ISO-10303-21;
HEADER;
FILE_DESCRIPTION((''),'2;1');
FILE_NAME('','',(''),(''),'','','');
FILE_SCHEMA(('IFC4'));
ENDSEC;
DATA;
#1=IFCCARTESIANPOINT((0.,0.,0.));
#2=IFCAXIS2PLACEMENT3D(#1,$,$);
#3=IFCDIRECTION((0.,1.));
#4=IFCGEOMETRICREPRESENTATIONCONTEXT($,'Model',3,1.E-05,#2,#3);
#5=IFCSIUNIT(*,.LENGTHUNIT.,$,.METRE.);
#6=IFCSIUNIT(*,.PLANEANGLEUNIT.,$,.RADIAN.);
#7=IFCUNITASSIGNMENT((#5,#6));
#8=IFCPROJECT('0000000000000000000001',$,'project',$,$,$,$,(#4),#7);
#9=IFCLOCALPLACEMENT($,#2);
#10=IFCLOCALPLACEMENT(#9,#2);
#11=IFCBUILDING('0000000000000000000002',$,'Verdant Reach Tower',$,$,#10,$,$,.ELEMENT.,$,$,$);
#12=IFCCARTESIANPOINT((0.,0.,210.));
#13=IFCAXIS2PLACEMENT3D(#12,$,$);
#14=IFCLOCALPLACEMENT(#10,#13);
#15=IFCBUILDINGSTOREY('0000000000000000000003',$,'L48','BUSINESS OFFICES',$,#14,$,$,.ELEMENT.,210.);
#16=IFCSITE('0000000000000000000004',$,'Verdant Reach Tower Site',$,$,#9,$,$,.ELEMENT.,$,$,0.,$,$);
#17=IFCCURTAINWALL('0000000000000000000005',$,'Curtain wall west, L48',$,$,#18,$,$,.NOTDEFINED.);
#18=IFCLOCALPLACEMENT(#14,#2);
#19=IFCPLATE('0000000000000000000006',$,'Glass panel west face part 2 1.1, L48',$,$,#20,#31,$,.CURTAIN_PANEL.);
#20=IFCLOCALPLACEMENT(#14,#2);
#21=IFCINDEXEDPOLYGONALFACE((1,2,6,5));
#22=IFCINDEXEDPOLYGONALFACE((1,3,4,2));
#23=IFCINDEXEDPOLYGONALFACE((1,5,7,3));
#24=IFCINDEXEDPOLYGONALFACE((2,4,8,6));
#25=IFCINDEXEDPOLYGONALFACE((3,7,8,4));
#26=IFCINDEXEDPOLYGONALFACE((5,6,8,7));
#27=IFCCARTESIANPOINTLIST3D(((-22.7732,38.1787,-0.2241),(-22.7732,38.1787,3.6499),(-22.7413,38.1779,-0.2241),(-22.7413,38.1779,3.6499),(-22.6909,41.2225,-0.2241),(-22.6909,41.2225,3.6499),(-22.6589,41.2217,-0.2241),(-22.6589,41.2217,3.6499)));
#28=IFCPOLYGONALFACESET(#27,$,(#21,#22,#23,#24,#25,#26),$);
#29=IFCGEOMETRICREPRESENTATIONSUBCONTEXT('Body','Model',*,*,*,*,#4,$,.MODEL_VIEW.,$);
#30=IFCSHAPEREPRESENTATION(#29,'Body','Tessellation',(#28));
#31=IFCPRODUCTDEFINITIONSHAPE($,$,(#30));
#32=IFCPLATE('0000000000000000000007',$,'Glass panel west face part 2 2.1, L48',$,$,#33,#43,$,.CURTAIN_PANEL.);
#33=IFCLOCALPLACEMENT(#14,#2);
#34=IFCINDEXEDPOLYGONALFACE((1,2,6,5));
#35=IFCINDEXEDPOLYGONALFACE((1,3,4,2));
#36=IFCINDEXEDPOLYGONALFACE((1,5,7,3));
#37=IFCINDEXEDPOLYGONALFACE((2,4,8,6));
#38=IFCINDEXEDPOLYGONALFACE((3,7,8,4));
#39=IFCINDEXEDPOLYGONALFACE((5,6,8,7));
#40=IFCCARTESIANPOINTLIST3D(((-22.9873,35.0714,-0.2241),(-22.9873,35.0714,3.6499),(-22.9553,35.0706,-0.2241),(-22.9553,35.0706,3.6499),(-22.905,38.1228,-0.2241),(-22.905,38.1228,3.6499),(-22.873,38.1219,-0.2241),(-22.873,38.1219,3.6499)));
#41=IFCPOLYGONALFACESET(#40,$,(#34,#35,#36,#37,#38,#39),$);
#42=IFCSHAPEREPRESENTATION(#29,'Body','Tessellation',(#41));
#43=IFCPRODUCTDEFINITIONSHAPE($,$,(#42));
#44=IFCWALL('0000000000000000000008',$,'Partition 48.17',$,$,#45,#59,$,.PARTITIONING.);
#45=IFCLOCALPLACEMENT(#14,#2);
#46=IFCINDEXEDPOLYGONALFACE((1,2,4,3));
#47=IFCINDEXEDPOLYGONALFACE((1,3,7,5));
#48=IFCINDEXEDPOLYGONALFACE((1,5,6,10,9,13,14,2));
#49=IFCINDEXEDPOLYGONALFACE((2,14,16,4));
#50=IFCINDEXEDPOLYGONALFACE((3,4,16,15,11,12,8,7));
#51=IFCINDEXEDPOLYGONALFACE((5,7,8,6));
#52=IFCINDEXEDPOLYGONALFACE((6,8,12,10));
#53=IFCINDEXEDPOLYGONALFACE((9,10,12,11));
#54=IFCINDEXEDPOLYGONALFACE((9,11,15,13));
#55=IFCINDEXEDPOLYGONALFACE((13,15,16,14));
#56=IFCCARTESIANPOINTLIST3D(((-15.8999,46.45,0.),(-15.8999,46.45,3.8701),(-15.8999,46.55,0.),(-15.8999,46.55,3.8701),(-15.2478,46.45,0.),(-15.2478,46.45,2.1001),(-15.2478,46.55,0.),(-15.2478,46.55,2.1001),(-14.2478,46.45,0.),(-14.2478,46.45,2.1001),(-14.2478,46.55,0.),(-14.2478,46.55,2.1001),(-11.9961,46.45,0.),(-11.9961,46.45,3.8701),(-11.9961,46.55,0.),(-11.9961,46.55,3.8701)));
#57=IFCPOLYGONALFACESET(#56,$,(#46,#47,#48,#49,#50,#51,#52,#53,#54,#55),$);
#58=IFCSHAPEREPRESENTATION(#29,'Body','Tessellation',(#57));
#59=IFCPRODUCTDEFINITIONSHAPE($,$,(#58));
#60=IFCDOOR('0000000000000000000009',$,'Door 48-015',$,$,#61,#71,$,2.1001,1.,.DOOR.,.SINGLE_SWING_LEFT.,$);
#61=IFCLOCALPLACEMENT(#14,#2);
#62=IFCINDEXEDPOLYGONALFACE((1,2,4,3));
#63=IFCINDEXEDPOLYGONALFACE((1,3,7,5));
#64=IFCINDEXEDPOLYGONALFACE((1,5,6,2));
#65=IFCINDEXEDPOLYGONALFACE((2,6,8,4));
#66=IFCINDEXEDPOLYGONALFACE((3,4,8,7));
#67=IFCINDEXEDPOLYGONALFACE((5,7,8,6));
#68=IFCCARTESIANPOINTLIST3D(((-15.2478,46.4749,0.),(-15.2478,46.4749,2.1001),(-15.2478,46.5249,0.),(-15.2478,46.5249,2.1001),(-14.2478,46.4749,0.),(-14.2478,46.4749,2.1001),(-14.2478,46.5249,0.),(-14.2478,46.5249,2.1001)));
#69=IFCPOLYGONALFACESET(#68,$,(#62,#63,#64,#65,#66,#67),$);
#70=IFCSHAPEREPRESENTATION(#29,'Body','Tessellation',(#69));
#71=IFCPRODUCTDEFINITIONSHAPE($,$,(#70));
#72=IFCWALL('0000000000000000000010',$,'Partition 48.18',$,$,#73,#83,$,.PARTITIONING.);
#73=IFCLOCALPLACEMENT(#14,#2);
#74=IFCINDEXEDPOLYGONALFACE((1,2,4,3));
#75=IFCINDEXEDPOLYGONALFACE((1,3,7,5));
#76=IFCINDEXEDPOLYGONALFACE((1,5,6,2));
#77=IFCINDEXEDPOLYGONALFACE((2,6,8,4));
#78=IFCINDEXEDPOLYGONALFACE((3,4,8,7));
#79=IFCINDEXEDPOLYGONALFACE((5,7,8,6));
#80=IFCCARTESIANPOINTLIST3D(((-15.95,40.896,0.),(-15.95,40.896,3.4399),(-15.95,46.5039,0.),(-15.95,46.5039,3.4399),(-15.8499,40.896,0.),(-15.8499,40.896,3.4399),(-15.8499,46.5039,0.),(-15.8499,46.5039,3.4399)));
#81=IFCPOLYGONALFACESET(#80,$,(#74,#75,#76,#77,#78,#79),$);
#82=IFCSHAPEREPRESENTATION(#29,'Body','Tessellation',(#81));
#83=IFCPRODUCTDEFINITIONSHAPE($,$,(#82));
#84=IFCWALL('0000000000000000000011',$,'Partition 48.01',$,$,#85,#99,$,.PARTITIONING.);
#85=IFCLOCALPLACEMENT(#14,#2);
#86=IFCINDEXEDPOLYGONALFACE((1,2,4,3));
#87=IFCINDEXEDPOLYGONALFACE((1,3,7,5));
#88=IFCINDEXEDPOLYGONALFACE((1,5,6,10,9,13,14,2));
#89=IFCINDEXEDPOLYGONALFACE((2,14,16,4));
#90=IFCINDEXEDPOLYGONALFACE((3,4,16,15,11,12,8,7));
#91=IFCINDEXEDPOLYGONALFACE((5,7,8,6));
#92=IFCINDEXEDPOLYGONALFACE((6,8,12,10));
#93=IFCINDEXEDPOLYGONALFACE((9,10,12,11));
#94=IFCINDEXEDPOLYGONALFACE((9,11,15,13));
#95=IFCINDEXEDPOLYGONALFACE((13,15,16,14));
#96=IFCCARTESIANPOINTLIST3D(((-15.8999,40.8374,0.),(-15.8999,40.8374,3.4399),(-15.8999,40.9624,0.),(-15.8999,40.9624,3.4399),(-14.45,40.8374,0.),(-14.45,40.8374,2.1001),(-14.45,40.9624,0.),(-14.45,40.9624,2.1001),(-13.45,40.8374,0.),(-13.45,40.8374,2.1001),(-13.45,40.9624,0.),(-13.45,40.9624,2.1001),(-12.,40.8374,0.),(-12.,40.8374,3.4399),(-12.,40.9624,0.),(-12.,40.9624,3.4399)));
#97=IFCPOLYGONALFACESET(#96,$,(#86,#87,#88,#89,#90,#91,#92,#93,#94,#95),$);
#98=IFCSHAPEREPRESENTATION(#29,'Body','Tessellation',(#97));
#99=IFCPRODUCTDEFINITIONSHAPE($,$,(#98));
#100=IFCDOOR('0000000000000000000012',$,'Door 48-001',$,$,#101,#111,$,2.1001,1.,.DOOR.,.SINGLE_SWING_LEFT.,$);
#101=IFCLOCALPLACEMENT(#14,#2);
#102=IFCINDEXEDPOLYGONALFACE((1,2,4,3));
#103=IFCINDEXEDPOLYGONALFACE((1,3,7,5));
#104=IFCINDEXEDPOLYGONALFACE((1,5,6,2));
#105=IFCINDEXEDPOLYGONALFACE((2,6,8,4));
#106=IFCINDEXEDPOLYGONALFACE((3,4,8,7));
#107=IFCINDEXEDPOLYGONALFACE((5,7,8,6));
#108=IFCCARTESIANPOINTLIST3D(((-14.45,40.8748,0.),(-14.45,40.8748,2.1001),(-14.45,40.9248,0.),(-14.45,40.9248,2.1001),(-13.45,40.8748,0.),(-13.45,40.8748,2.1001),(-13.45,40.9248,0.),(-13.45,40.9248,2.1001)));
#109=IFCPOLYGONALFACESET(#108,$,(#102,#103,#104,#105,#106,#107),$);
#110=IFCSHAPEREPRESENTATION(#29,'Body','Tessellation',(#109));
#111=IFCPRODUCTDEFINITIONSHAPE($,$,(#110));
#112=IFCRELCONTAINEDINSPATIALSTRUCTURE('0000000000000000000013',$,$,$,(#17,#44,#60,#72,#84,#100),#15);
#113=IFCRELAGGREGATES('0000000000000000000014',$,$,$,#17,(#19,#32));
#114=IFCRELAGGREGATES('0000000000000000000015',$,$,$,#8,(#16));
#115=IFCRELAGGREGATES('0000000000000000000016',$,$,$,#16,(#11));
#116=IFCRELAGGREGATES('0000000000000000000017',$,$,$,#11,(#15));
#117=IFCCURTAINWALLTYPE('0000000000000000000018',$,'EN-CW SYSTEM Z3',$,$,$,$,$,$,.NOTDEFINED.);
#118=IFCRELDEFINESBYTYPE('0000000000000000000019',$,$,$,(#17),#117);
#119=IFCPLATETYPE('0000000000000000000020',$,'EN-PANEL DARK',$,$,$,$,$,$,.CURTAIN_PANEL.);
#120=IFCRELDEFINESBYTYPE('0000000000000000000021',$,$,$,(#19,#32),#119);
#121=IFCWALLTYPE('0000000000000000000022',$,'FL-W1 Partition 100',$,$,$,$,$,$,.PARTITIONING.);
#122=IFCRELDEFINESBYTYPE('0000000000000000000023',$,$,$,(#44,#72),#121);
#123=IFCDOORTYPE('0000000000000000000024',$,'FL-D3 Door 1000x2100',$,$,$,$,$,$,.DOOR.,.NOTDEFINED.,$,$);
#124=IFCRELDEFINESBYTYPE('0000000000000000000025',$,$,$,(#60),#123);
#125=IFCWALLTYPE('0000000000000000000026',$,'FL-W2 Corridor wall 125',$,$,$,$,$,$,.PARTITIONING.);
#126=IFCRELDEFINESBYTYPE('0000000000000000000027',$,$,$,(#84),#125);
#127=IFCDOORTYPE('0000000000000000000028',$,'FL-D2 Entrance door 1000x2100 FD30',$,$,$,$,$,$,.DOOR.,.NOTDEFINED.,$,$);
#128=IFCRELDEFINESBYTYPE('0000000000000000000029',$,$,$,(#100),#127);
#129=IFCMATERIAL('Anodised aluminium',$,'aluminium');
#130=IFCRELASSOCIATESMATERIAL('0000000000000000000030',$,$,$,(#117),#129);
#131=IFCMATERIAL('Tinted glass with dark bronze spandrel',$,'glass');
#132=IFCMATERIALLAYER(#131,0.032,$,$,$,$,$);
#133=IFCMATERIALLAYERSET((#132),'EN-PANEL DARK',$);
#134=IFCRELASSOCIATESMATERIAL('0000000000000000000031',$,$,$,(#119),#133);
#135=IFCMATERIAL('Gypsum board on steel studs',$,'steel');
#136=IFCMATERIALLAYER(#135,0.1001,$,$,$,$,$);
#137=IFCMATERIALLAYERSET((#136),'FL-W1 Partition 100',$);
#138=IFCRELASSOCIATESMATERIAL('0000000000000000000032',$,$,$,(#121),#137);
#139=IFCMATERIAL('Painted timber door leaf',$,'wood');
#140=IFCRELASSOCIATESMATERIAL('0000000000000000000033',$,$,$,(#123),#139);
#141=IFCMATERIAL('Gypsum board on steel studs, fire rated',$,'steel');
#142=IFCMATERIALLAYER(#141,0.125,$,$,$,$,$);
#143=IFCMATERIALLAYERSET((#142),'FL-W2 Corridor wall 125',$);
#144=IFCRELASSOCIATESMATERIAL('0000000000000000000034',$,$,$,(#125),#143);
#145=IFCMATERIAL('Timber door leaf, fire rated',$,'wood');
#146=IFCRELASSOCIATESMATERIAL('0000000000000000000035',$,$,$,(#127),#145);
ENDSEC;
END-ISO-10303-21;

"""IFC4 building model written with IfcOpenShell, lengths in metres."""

from ifc_helpers import new_model, si_unit, direction, frame, frame_2d, origin, origin_2d, place, context, subcontext, project, spatial, rectangle, extrude, material, layer, layer_set, type_object, element, fill, aggregate, save


model = new_model("IFC4")

# Units and contexts
model_context = context("Model", 3, precision=1e-05, world=origin(), true_north=direction((0.0, 1.0)))
body_context = subcontext(model_context, "Body", "Model", "MODEL_VIEW")
ifc_project = project(units=[si_unit("LENGTHUNIT", "METRE"), si_unit("PLANEANGLEUNIT", "RADIAN")], contexts=[model_context])

# Site, building, storey
site_placement = place(None, origin())
site = spatial("IfcSite", under=ifc_project, at=site_placement, Name="Verdant Reach Tower Site", CompositionType="ELEMENT", RefElevation=0.0)
building_placement = place(site_placement, origin())
building = spatial("IfcBuilding", under=site, at=building_placement, Name="Verdant Reach Tower", CompositionType="ELEMENT")
storey_placement = place(building_placement, frame((0.0, 0.0, 210.0)))
storey = spatial("IfcBuildingStorey", under=building, at=storey_placement, Name="L48", Description="BUSINESS OFFICES", CompositionType="ELEMENT", Elevation=210.0)

# Curtain wall
ifc_material_1 = material(Name="Anodised aluminium", Category="aluminium")
curtain_wall_type = type_object("IfcCurtainWallType", Name="EN-CW SYSTEM Z3", PredefinedType="NOTDEFINED", material=ifc_material_1)
curtain_wall_placement = place(storey_placement, origin())
curtain_wall = element("IfcCurtainWall", 1, at=curtain_wall_placement, inside=storey, type_object=curtain_wall_type, Name="Curtain wall west, L48", PredefinedType="NOTDEFINED")

# Plates
ifc_material_2 = material(Name="Tinted glass with dark bronze spandrel", Category="glass")
ifc_layer_1 = layer(ifc_material_2, 0.032)
ifc_layer_set_1 = layer_set([ifc_layer_1], Name="EN-PANEL DARK")
plate_type_1 = type_object("IfcPlateType", Name="EN-PANEL DARK", PredefinedType="CURTAIN_PANEL", material=ifc_layer_set_1)
plate_1_placement = place(storey_placement, frame((-22.7161, 39.7002, -0.2241), z_axis=(0.0, 0.0, 1.0), x_axis=(-0.027048, -0.999634, 0.0)))
plate_1 = element("IfcPlate", 2, at=plate_1_placement, type_object=plate_type_1, Name="Glass panel west face part 2 1.1, L48", PredefinedType="CURTAIN_PANEL", context=body_context, shape_type="SweptSolid", body=[
    extrude(rectangle(XDim=3.0449, YDim=0.032, at=origin_2d()), origin(), (0.0, 0.0, 1.0), 3.874),
])
plate_2_placement = place(storey_placement, frame((-22.9302, 36.5967, -0.2241), z_axis=(0.0, 0.0, 1.0), x_axis=(-0.026965, -0.999636, 0.0)))
plate_2 = element("IfcPlate", 3, at=plate_2_placement, type_object=plate_type_1, Name="Glass panel west face part 2 2.1, L48", PredefinedType="CURTAIN_PANEL", context=body_context, shape_type="SweptSolid", body=[
    extrude(rectangle(XDim=3.0525, YDim=0.032, at=origin_2d()), origin(), (0.0, 0.0, 1.0), 3.874),
])
aggregate(curtain_wall, [plate_1, plate_2])

# Wall, opening, door
ifc_material_3 = material(Name="Gypsum board on steel studs", Category="steel")
ifc_layer_2 = layer(ifc_material_3, 0.1001)
ifc_layer_set_2 = layer_set([ifc_layer_2], Name="FL-W1 Partition 100")
wall_type_1 = type_object("IfcWallType", Name="FL-W1 Partition 100", PredefinedType="PARTITIONING", material=ifc_layer_set_2)
wall_1_placement = place(storey_placement, frame((-15.8999, 46.5, 0.0), z_axis=(0.0, 0.0, 1.0), x_axis=(1.0, 0.0, 0.0)))
wall_1 = element("IfcWall", 4, at=wall_1_placement, inside=storey, type_object=wall_type_1, Name="Partition 48.17", PredefinedType="PARTITIONING", context=body_context, shape_type="SweptSolid", body=[
    extrude(rectangle(XDim=3.9038, YDim=0.1001, at=frame_2d((1.9519, 0.0))), origin(), (0.0, 0.0, 1.0), 3.8701),
])
opening_1_placement = place(wall_1_placement, frame((0.6521, 0.0, 0.0)))
opening_1 = element("IfcOpeningElement", 5, at=opening_1_placement, cuts=wall_1, PredefinedType="OPENING", context=body_context, shape_type="SweptSolid", body=[
    extrude(rectangle(XDim=1.0, YDim=2.1001, at=frame_2d((0.5, 1.05))), frame((0.0, 0.0601, 0.0), z_axis=(0.0, -1.0, 0.0), x_axis=(1.0, 0.0, 0.0)), (0.0, 0.0, 1.0), 0.1201),
])
ifc_material_4 = material(Name="Painted timber door leaf", Category="wood")
door_type_1 = type_object("IfcDoorType", Name="FL-D3 Door 1000x2100", OperationType="NOTDEFINED", PredefinedType="DOOR", material=ifc_material_4)
door_1_placement = place(opening_1_placement, origin())
door_1 = element("IfcDoor", 6, at=door_1_placement, inside=storey, type_object=door_type_1, Name="Door 48-015", OperationType="SINGLE_SWING_LEFT", OverallHeight=2.1001, OverallWidth=1.0, PredefinedType="DOOR", context=body_context, shape_type="SweptSolid", body=[
    extrude(rectangle(XDim=1.0, YDim=2.1001, at=frame_2d((0.5, 1.05))), frame((0.0, 0.0249, 0.0), z_axis=(0.0, -1.0, 0.0), x_axis=(1.0, 0.0, 0.0)), (0.0, 0.0, 1.0), 0.05),
])
fill(opening_1, door_1)

# Wall
wall_2_placement = place(storey_placement, frame((-15.8999, 46.5039, 0.0), z_axis=(0.0, 0.0, 1.0), x_axis=(0.0, -1.0, 0.0)))
element("IfcWall", 7, at=wall_2_placement, inside=storey, type_object=wall_type_1, Name="Partition 48.18", PredefinedType="PARTITIONING", context=body_context, shape_type="SweptSolid", body=[
    extrude(rectangle(XDim=5.6079, YDim=0.1001, at=frame_2d((2.804, 0.0))), origin(), (0.0, 0.0, 1.0), 3.4399),
])

# Wall, opening, door
ifc_material_5 = material(Name="Gypsum board on steel studs, fire rated", Category="steel")
ifc_layer_3 = layer(ifc_material_5, 0.125)
ifc_layer_set_3 = layer_set([ifc_layer_3], Name="FL-W2 Corridor wall 125")
wall_type_2 = type_object("IfcWallType", Name="FL-W2 Corridor wall 125", PredefinedType="PARTITIONING", material=ifc_layer_set_3)
wall_3_placement = place(storey_placement, frame((-15.8999, 40.8999, 0.0), z_axis=(0.0, 0.0, 1.0), x_axis=(1.0, 0.0, 0.0)))
wall_3 = element("IfcWall", 8, at=wall_3_placement, inside=storey, type_object=wall_type_2, Name="Partition 48.01", PredefinedType="PARTITIONING", context=body_context, shape_type="SweptSolid", body=[
    extrude(rectangle(XDim=3.8999, YDim=0.125, at=frame_2d((1.95, 0.0))), origin(), (0.0, 0.0, 1.0), 3.4399),
])
opening_2_placement = place(wall_3_placement, frame((1.45, 0.0, 0.0)))
opening_2 = element("IfcOpeningElement", 9, at=opening_2_placement, cuts=wall_3, PredefinedType="OPENING", context=body_context, shape_type="SweptSolid", body=[
    extrude(rectangle(XDim=1.0, YDim=2.1001, at=frame_2d((0.5, 1.05))), frame((0.0, 0.0725, 0.0), z_axis=(0.0, -1.0, 0.0), x_axis=(1.0, 0.0, 0.0)), (0.0, 0.0, 1.0), 0.145),
])
ifc_material_6 = material(Name="Timber door leaf, fire rated", Category="wood")
door_type_2 = type_object("IfcDoorType", Name="FL-D2 Entrance door 1000x2100 FD30", OperationType="NOTDEFINED", PredefinedType="DOOR", material=ifc_material_6)
door_2_placement = place(opening_2_placement, origin())
door_2 = element("IfcDoor", 10, at=door_2_placement, inside=storey, type_object=door_type_2, Name="Door 48-001", OperationType="SINGLE_SWING_LEFT", OverallHeight=2.1001, OverallWidth=1.0, PredefinedType="DOOR", context=body_context, shape_type="SweptSolid", body=[
    extrude(rectangle(XDim=1.0, YDim=2.1001, at=frame_2d((0.5, 1.05))), frame((0.0, 0.0249, 0.0), z_axis=(0.0, -1.0, 0.0), x_axis=(1.0, 0.0, 0.0)), (0.0, 0.0, 1.0), 0.05),
])
fill(opening_2, door_2)

save(model, "model.ifc")
